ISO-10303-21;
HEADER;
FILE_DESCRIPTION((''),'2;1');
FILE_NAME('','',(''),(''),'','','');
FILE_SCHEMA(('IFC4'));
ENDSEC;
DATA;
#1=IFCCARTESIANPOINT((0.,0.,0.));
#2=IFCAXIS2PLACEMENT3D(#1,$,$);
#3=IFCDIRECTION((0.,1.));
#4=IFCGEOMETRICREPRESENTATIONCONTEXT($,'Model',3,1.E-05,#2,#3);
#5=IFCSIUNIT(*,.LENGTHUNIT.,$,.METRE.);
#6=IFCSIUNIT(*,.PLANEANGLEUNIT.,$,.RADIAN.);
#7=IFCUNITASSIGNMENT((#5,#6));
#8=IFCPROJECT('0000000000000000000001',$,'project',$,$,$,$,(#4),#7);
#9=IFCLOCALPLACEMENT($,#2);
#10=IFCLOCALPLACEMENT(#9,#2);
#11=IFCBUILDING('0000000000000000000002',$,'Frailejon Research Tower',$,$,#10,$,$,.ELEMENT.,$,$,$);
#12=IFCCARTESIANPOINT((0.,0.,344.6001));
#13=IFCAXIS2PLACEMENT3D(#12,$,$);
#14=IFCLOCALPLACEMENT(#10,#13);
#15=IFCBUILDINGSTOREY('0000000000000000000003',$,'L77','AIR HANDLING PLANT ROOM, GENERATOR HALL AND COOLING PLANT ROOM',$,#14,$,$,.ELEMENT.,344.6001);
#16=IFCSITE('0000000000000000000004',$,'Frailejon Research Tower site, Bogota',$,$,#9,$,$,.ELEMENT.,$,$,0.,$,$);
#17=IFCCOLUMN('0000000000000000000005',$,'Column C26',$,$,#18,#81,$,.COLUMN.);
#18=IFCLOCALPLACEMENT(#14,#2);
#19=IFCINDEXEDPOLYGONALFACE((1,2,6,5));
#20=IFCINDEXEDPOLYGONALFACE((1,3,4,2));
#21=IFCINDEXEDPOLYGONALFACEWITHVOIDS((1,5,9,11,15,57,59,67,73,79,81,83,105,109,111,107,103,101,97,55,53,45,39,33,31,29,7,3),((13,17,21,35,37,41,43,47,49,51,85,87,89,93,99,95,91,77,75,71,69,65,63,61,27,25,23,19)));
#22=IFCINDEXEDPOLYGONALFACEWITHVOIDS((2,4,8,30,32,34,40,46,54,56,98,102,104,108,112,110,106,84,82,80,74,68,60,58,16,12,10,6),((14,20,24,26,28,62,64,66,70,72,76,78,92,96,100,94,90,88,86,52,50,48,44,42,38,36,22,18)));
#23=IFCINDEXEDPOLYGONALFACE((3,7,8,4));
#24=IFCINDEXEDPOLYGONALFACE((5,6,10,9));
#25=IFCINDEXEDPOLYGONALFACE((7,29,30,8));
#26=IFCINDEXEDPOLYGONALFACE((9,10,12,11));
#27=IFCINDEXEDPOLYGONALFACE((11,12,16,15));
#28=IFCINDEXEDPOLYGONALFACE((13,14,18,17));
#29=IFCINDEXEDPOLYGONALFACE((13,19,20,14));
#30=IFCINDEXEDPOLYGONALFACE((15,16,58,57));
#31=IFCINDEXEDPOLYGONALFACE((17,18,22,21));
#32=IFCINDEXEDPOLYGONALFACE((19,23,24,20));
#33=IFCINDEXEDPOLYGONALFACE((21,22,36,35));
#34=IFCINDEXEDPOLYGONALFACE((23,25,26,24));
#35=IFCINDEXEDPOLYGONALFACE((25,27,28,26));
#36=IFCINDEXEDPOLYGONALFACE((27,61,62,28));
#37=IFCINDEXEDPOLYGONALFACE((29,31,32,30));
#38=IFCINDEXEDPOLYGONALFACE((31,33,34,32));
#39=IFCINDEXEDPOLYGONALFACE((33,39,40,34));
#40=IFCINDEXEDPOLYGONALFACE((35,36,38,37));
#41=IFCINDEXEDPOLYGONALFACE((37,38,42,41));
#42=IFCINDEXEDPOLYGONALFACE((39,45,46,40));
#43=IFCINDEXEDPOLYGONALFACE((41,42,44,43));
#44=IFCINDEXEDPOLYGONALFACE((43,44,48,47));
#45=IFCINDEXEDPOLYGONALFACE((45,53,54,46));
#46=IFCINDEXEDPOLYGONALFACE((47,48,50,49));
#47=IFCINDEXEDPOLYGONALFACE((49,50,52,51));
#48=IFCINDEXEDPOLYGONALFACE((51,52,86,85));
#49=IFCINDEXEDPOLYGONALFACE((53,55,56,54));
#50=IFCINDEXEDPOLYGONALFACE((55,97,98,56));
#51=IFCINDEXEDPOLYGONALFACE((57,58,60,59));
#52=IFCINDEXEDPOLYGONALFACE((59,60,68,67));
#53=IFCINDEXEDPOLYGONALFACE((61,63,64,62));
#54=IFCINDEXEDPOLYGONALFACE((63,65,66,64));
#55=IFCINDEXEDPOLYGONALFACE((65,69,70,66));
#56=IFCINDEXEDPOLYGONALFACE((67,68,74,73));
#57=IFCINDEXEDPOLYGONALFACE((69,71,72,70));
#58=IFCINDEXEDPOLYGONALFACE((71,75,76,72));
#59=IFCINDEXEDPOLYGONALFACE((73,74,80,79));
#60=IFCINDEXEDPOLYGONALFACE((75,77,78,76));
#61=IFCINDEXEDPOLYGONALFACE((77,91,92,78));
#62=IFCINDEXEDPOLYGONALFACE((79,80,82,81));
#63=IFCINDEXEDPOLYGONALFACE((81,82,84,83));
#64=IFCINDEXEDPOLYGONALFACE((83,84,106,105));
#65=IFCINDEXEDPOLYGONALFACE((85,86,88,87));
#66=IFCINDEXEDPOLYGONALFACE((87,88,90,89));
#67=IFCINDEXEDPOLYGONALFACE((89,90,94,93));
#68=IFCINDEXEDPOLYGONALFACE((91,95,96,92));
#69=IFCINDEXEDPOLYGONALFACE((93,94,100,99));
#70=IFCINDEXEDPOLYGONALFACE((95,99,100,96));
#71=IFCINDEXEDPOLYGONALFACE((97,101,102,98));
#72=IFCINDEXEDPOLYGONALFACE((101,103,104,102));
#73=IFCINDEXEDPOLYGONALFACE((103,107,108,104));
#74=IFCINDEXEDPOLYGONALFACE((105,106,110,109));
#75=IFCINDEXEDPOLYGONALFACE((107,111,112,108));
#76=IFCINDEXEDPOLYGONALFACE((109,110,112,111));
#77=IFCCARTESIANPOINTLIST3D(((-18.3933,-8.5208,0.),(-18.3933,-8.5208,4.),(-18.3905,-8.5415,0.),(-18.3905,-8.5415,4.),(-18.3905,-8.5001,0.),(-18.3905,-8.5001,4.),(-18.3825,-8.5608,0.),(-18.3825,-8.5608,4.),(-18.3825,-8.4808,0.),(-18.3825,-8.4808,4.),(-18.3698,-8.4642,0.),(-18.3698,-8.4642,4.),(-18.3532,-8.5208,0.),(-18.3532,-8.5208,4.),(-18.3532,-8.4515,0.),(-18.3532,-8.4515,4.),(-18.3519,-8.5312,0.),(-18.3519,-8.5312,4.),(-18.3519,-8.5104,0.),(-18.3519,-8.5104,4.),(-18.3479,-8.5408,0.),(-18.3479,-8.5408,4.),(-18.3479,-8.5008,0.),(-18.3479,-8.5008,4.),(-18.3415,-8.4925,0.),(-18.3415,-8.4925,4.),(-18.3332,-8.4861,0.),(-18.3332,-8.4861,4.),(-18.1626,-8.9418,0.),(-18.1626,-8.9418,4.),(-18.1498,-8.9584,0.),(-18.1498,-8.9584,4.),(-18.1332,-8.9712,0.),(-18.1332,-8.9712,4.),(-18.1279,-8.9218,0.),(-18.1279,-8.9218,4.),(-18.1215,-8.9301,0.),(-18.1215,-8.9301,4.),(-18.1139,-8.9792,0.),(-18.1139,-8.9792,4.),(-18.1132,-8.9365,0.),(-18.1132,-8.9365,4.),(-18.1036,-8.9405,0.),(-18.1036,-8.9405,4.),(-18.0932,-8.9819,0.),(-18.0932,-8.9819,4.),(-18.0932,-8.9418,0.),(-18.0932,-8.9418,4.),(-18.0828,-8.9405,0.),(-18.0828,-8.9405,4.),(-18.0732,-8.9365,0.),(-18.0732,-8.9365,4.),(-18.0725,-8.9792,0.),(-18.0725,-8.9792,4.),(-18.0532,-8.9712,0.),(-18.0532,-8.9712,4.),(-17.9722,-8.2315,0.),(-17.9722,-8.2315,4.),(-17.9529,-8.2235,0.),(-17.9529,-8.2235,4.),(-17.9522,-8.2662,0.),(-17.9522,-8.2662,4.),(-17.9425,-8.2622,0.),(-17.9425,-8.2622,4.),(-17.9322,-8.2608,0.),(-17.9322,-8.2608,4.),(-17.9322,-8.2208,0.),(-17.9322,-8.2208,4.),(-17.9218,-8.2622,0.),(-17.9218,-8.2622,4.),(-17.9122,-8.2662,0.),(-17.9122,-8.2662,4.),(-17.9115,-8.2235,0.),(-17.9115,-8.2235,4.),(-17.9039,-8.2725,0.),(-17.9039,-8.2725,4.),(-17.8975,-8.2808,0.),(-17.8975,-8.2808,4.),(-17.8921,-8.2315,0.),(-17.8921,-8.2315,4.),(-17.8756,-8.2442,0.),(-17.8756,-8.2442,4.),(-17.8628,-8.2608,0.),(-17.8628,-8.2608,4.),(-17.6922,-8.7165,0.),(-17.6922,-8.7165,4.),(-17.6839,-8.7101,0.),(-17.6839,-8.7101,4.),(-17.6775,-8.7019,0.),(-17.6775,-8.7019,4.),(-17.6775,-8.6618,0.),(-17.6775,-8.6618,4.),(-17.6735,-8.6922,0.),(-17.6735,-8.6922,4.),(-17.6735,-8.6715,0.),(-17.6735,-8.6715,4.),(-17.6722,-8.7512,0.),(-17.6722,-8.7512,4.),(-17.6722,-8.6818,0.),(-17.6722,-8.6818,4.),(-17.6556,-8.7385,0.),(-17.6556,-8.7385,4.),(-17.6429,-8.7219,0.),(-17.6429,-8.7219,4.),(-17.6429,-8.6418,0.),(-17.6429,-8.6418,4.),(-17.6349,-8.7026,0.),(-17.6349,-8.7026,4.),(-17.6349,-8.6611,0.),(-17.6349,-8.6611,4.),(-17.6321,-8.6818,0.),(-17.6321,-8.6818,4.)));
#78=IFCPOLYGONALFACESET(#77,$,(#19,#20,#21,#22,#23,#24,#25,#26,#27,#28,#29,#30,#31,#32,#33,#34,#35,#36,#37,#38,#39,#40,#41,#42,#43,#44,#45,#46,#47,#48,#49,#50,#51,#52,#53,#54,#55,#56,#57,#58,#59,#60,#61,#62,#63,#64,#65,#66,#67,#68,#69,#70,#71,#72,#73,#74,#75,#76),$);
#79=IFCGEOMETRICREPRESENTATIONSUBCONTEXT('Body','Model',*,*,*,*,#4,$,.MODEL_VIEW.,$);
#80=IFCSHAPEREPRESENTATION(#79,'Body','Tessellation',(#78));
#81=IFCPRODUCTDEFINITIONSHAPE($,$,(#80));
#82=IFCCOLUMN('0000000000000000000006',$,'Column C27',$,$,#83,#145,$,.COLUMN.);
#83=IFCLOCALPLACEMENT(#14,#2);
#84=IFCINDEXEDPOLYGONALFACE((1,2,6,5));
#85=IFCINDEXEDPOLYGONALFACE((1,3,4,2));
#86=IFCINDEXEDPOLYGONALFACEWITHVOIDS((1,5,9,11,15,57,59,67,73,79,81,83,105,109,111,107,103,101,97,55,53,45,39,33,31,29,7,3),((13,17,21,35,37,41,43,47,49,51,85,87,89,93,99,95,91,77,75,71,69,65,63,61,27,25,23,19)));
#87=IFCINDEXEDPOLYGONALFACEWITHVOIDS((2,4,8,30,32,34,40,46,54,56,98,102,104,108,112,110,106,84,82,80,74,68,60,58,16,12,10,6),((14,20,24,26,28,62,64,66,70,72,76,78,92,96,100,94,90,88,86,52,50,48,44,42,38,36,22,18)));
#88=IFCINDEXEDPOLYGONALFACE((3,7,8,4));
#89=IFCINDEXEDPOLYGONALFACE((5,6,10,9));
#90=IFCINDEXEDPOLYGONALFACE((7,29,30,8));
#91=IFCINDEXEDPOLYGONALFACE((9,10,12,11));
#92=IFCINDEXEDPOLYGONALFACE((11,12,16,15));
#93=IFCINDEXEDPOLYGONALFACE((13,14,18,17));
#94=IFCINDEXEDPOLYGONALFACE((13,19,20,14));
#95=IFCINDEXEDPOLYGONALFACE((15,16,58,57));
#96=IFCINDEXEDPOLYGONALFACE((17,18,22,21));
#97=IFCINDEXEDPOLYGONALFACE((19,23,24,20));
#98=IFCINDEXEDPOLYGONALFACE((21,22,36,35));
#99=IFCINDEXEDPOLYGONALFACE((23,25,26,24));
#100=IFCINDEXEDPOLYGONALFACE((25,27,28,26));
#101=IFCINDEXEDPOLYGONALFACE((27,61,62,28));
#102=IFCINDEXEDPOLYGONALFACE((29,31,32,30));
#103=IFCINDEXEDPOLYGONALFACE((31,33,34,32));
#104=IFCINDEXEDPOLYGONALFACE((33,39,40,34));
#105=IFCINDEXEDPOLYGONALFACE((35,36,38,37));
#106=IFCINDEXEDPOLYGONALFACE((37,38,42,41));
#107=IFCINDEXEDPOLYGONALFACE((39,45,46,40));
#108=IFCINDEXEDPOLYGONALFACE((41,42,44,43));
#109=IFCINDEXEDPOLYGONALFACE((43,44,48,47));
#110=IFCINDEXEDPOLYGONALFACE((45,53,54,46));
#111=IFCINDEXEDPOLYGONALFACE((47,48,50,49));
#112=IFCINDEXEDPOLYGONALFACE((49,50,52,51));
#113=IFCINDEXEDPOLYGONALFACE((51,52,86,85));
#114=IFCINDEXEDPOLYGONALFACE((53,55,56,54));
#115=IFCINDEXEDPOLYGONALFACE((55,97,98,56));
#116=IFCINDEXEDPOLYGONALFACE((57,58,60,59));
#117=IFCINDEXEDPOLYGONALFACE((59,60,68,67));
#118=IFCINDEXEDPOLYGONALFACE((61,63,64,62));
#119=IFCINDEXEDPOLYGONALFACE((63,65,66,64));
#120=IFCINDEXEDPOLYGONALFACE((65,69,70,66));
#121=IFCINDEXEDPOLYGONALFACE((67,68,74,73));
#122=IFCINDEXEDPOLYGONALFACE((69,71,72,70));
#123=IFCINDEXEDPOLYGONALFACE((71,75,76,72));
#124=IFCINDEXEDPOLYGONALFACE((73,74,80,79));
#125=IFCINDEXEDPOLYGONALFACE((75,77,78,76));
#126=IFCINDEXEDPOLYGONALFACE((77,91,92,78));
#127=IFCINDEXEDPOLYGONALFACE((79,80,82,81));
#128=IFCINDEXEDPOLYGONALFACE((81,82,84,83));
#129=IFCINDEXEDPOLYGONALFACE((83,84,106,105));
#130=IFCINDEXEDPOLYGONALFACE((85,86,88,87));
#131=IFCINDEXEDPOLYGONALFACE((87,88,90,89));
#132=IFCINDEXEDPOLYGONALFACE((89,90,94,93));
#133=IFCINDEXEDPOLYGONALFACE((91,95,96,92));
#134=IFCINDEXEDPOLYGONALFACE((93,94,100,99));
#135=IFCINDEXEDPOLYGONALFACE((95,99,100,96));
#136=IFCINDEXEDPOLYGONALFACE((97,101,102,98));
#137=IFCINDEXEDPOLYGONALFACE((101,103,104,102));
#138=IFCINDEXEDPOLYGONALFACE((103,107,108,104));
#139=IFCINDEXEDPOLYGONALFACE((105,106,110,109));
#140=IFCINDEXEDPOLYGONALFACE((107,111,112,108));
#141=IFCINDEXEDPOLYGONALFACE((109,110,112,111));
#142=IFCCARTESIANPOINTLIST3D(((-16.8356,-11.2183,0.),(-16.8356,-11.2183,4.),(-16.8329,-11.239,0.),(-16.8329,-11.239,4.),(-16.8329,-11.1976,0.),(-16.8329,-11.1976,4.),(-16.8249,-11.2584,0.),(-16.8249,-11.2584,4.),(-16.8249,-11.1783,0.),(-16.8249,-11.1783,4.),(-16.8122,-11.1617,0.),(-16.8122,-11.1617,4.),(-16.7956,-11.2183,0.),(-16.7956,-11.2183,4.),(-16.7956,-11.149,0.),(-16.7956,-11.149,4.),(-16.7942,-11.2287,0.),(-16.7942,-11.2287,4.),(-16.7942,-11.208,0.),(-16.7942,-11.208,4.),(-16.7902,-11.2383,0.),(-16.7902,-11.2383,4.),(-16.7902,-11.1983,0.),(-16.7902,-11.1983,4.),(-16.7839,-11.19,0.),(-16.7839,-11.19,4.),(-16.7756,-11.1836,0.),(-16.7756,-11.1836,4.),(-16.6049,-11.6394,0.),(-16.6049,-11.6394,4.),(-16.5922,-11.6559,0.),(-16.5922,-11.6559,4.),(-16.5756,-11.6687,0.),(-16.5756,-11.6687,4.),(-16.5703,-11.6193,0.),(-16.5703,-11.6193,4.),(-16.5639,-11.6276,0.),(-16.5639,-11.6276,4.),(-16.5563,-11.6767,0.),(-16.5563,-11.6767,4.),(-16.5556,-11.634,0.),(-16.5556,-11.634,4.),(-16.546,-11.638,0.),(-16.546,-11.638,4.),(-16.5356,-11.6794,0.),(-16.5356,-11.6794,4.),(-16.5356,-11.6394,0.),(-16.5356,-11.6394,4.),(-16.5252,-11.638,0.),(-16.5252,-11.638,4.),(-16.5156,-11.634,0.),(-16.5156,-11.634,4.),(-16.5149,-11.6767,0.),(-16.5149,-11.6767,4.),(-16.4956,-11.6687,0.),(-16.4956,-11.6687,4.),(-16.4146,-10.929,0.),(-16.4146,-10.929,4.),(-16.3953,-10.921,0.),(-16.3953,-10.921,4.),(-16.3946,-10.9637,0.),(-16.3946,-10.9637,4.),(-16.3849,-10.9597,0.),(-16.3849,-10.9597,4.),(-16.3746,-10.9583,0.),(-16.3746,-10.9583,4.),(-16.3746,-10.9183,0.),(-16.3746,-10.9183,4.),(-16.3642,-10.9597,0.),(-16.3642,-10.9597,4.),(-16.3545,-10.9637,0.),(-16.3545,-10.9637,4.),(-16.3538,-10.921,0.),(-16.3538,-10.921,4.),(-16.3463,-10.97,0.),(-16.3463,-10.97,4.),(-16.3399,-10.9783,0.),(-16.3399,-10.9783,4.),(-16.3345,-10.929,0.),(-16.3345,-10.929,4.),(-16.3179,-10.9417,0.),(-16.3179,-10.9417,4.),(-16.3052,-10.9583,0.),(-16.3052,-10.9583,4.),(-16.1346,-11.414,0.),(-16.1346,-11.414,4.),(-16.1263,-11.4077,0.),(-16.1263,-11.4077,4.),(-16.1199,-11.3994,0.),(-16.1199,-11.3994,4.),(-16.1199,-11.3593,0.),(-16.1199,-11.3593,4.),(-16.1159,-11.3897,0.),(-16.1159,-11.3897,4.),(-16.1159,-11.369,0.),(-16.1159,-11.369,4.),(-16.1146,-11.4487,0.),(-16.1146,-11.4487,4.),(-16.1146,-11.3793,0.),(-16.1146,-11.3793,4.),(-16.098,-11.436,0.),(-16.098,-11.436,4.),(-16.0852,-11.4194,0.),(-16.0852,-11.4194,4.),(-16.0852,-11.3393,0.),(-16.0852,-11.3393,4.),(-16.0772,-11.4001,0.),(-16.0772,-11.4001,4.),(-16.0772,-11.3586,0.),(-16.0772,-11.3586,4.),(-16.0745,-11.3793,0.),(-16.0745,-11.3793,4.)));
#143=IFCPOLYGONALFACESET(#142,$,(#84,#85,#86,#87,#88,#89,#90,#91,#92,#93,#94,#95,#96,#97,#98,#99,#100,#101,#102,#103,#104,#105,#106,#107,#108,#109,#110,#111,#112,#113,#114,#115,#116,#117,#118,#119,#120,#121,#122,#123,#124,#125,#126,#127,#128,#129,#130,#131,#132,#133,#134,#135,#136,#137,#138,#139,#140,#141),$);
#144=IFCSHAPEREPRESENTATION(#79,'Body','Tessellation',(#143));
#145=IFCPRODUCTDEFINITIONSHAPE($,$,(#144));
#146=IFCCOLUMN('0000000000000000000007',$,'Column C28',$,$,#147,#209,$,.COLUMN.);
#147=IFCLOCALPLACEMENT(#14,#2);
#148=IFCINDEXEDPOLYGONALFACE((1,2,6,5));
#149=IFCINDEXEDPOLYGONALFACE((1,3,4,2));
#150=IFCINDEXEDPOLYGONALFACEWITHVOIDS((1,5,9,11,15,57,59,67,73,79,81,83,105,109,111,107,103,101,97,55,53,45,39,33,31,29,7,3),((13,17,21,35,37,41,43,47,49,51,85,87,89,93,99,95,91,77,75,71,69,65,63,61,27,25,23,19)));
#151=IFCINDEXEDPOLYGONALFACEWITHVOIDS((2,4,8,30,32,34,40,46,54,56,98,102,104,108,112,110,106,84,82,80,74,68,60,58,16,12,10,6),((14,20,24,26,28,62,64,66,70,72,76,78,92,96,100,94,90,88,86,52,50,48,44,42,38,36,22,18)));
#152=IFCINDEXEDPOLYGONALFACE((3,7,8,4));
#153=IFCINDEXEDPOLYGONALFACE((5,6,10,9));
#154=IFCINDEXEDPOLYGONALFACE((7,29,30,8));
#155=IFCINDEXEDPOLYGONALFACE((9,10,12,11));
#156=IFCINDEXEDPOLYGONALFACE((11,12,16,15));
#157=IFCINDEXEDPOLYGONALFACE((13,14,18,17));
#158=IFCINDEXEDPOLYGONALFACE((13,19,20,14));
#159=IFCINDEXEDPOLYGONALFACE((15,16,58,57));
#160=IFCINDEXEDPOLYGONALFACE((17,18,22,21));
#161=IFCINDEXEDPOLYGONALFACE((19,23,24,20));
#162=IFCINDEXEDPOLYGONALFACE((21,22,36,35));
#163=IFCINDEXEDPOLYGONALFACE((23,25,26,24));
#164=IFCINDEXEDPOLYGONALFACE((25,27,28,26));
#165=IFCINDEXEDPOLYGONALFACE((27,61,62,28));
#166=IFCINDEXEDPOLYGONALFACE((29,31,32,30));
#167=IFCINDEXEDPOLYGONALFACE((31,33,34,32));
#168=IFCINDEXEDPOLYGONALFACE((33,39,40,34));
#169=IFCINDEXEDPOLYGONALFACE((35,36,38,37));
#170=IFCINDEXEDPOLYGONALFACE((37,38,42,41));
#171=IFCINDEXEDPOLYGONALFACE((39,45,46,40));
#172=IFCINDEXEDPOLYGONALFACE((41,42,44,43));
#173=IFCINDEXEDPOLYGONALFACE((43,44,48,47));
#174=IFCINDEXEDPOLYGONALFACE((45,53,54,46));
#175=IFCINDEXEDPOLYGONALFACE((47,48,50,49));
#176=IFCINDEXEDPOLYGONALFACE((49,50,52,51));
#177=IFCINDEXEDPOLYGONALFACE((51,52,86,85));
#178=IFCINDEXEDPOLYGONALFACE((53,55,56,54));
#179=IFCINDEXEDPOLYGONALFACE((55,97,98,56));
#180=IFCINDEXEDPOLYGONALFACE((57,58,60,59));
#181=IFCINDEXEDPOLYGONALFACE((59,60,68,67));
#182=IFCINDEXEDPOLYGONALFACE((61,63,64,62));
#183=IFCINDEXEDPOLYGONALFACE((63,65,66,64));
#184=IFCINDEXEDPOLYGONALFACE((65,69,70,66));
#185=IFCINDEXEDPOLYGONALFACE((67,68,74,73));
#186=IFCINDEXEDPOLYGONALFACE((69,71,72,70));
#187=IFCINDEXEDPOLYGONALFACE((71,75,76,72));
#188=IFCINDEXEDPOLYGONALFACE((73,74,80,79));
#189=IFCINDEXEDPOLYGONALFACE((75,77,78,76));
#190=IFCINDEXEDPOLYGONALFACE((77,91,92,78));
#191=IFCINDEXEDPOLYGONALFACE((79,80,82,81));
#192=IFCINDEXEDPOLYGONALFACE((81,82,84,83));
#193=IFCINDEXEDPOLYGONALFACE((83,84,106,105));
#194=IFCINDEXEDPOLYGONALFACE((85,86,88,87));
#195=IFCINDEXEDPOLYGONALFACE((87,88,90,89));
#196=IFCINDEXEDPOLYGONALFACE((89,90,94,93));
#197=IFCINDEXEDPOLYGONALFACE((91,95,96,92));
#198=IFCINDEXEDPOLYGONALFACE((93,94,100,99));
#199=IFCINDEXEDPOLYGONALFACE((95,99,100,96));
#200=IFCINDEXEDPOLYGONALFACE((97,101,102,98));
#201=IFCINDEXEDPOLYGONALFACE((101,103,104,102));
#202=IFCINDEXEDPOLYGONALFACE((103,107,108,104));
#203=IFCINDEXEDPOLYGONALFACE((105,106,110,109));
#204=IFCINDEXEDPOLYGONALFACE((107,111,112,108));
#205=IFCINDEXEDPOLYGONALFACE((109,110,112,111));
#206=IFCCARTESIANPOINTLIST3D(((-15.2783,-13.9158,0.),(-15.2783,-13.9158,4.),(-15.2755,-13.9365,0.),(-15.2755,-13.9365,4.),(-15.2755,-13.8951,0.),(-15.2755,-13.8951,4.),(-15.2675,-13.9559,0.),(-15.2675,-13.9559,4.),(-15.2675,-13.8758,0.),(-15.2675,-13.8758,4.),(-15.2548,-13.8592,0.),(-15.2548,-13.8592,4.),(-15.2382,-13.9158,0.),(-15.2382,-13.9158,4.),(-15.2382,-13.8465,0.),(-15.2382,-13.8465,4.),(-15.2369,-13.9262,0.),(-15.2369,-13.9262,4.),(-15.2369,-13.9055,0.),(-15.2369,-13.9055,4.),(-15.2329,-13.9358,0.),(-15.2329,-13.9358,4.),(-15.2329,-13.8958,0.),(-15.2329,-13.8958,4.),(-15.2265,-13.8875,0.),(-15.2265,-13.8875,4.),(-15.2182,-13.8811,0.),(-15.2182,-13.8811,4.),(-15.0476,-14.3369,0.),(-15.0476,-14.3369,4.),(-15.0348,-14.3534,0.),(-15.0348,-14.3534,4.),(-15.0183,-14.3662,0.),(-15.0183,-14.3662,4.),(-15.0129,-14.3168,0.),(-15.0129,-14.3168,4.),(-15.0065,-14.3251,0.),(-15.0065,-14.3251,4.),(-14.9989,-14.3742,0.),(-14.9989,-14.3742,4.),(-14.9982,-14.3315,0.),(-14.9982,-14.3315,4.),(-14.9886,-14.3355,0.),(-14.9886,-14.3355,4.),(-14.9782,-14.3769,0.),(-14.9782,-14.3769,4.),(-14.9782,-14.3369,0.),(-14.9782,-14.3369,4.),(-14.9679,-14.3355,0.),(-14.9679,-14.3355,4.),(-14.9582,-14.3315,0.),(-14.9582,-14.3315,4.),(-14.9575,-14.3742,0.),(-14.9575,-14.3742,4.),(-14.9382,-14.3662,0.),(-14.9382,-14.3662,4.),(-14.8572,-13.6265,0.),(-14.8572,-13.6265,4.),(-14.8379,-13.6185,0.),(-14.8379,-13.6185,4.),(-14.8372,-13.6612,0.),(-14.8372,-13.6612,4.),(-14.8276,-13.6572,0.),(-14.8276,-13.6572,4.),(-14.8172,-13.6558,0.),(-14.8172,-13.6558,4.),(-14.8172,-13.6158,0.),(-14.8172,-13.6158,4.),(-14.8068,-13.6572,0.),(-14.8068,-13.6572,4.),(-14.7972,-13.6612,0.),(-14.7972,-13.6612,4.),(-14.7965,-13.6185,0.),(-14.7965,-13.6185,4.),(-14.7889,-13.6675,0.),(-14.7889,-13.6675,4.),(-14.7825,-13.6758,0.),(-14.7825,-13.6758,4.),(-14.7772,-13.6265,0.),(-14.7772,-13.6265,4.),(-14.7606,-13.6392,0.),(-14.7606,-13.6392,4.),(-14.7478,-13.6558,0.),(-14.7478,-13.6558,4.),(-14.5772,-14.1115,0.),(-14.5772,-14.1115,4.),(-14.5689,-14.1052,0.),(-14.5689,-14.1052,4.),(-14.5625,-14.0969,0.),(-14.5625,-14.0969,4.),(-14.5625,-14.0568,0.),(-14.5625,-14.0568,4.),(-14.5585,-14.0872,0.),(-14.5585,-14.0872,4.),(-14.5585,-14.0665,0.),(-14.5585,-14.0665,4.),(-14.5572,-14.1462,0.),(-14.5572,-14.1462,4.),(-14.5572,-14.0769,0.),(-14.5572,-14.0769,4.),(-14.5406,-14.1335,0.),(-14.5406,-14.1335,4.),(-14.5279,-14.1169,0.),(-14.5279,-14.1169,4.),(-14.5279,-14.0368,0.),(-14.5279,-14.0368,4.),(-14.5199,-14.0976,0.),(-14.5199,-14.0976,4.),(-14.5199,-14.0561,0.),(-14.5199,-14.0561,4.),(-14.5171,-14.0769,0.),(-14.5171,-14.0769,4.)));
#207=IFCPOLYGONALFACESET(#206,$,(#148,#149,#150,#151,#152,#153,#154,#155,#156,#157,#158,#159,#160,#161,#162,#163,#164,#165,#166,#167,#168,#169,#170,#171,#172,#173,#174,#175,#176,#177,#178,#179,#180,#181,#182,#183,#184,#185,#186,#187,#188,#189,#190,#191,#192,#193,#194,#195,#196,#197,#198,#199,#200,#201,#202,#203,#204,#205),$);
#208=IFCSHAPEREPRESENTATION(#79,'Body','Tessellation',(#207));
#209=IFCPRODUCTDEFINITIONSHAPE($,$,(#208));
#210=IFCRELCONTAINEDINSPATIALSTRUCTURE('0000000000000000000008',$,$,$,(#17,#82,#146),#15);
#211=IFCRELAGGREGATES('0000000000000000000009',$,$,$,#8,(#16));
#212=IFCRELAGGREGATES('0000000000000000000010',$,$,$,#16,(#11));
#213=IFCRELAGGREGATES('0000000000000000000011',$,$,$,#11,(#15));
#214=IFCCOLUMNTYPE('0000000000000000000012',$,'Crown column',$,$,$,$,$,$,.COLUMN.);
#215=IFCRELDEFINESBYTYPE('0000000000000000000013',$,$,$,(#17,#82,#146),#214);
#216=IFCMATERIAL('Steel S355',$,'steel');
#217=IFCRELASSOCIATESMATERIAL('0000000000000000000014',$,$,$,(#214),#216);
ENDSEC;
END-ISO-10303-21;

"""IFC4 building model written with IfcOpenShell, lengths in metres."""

from ifc_helpers import new_model, si_unit, direction, frame, origin, origin_2d, place, context, subcontext, project, spatial, hollow_rectangle, extrude, material, material_profile, profile_set, type_object, element, save


model = new_model("IFC4")

# Units and contexts
model_context = context("Model", 3, precision=1e-05, world=origin(), true_north=direction((0.0, 1.0)))
body_context = subcontext(model_context, "Body", "Model", "MODEL_VIEW")
ifc_project = project(units=[si_unit("LENGTHUNIT", "METRE"), si_unit("PLANEANGLEUNIT", "RADIAN")], contexts=[model_context])

# Site, building, storey
site_placement = place(None, origin())
site = spatial("IfcSite", under=ifc_project, at=site_placement, Name="Frailejon Research Tower site, Bogota", CompositionType="ELEMENT", RefElevation=0.0)
building_placement = place(site_placement, origin())
building = spatial("IfcBuilding", under=site, at=building_placement, Name="Frailejon Research Tower", CompositionType="ELEMENT")
storey_placement = place(building_placement, frame((0.0, 0.0, 344.6001)))
storey = spatial("IfcBuildingStorey", under=building, at=storey_placement, Name="L77", Description="AIR HANDLING PLANT ROOM, GENERATOR HALL AND COOLING PLANT ROOM", CompositionType="ELEMENT", Elevation=344.6001)

# Columns
ifc_material_1 = material(Name="Steel S355", Category="steel")
ifc_material_profile_1 = material_profile(ifc_material_1, hollow_rectangle(XDim=0.6001, YDim=0.6001, WallThickness=0.04, InnerFilletRadius=0.04, OuterFilletRadius=0.0801, at=origin_2d()), Name="Crown column")
ifc_profile_set_1 = profile_set([ifc_material_profile_1], Name="Steel S355")
column_type = type_object("IfcColumnType", Name="Crown column", PredefinedType="COLUMN", material=ifc_profile_set_1)
for number, where, z_axis, x_axis, name in (
    (1, (-18.0127, -8.6013, 0.0), (0.0, 0.0, 1.0), (0.5, -0.866025, 0.0), "Column C26"),
    (2, (-16.4551, -11.2988, 0.0), (0.0, 0.0, 1.0), (0.5, -0.866025, 0.0), "Column C27"),
    (3, (-14.8977, -13.9963, 0.0), (0.0, 0.0, 1.0), (0.5, -0.866025, 0.0), "Column C28"),
):
    element("IfcColumn", number, at=place(storey_placement, frame(where, z_axis=z_axis, x_axis=x_axis)), inside=storey, type_object=column_type, Name=name, PredefinedType="COLUMN", context=body_context, shape_type="SweptSolid", body=[
        extrude(hollow_rectangle(XDim=0.6001, YDim=0.6001, WallThickness=0.04, InnerFilletRadius=0.04, OuterFilletRadius=0.0801, at=origin_2d()), origin(), (0.0, 0.0, 1.0), 4.0),
    ])

save(model, "model.ifc")
